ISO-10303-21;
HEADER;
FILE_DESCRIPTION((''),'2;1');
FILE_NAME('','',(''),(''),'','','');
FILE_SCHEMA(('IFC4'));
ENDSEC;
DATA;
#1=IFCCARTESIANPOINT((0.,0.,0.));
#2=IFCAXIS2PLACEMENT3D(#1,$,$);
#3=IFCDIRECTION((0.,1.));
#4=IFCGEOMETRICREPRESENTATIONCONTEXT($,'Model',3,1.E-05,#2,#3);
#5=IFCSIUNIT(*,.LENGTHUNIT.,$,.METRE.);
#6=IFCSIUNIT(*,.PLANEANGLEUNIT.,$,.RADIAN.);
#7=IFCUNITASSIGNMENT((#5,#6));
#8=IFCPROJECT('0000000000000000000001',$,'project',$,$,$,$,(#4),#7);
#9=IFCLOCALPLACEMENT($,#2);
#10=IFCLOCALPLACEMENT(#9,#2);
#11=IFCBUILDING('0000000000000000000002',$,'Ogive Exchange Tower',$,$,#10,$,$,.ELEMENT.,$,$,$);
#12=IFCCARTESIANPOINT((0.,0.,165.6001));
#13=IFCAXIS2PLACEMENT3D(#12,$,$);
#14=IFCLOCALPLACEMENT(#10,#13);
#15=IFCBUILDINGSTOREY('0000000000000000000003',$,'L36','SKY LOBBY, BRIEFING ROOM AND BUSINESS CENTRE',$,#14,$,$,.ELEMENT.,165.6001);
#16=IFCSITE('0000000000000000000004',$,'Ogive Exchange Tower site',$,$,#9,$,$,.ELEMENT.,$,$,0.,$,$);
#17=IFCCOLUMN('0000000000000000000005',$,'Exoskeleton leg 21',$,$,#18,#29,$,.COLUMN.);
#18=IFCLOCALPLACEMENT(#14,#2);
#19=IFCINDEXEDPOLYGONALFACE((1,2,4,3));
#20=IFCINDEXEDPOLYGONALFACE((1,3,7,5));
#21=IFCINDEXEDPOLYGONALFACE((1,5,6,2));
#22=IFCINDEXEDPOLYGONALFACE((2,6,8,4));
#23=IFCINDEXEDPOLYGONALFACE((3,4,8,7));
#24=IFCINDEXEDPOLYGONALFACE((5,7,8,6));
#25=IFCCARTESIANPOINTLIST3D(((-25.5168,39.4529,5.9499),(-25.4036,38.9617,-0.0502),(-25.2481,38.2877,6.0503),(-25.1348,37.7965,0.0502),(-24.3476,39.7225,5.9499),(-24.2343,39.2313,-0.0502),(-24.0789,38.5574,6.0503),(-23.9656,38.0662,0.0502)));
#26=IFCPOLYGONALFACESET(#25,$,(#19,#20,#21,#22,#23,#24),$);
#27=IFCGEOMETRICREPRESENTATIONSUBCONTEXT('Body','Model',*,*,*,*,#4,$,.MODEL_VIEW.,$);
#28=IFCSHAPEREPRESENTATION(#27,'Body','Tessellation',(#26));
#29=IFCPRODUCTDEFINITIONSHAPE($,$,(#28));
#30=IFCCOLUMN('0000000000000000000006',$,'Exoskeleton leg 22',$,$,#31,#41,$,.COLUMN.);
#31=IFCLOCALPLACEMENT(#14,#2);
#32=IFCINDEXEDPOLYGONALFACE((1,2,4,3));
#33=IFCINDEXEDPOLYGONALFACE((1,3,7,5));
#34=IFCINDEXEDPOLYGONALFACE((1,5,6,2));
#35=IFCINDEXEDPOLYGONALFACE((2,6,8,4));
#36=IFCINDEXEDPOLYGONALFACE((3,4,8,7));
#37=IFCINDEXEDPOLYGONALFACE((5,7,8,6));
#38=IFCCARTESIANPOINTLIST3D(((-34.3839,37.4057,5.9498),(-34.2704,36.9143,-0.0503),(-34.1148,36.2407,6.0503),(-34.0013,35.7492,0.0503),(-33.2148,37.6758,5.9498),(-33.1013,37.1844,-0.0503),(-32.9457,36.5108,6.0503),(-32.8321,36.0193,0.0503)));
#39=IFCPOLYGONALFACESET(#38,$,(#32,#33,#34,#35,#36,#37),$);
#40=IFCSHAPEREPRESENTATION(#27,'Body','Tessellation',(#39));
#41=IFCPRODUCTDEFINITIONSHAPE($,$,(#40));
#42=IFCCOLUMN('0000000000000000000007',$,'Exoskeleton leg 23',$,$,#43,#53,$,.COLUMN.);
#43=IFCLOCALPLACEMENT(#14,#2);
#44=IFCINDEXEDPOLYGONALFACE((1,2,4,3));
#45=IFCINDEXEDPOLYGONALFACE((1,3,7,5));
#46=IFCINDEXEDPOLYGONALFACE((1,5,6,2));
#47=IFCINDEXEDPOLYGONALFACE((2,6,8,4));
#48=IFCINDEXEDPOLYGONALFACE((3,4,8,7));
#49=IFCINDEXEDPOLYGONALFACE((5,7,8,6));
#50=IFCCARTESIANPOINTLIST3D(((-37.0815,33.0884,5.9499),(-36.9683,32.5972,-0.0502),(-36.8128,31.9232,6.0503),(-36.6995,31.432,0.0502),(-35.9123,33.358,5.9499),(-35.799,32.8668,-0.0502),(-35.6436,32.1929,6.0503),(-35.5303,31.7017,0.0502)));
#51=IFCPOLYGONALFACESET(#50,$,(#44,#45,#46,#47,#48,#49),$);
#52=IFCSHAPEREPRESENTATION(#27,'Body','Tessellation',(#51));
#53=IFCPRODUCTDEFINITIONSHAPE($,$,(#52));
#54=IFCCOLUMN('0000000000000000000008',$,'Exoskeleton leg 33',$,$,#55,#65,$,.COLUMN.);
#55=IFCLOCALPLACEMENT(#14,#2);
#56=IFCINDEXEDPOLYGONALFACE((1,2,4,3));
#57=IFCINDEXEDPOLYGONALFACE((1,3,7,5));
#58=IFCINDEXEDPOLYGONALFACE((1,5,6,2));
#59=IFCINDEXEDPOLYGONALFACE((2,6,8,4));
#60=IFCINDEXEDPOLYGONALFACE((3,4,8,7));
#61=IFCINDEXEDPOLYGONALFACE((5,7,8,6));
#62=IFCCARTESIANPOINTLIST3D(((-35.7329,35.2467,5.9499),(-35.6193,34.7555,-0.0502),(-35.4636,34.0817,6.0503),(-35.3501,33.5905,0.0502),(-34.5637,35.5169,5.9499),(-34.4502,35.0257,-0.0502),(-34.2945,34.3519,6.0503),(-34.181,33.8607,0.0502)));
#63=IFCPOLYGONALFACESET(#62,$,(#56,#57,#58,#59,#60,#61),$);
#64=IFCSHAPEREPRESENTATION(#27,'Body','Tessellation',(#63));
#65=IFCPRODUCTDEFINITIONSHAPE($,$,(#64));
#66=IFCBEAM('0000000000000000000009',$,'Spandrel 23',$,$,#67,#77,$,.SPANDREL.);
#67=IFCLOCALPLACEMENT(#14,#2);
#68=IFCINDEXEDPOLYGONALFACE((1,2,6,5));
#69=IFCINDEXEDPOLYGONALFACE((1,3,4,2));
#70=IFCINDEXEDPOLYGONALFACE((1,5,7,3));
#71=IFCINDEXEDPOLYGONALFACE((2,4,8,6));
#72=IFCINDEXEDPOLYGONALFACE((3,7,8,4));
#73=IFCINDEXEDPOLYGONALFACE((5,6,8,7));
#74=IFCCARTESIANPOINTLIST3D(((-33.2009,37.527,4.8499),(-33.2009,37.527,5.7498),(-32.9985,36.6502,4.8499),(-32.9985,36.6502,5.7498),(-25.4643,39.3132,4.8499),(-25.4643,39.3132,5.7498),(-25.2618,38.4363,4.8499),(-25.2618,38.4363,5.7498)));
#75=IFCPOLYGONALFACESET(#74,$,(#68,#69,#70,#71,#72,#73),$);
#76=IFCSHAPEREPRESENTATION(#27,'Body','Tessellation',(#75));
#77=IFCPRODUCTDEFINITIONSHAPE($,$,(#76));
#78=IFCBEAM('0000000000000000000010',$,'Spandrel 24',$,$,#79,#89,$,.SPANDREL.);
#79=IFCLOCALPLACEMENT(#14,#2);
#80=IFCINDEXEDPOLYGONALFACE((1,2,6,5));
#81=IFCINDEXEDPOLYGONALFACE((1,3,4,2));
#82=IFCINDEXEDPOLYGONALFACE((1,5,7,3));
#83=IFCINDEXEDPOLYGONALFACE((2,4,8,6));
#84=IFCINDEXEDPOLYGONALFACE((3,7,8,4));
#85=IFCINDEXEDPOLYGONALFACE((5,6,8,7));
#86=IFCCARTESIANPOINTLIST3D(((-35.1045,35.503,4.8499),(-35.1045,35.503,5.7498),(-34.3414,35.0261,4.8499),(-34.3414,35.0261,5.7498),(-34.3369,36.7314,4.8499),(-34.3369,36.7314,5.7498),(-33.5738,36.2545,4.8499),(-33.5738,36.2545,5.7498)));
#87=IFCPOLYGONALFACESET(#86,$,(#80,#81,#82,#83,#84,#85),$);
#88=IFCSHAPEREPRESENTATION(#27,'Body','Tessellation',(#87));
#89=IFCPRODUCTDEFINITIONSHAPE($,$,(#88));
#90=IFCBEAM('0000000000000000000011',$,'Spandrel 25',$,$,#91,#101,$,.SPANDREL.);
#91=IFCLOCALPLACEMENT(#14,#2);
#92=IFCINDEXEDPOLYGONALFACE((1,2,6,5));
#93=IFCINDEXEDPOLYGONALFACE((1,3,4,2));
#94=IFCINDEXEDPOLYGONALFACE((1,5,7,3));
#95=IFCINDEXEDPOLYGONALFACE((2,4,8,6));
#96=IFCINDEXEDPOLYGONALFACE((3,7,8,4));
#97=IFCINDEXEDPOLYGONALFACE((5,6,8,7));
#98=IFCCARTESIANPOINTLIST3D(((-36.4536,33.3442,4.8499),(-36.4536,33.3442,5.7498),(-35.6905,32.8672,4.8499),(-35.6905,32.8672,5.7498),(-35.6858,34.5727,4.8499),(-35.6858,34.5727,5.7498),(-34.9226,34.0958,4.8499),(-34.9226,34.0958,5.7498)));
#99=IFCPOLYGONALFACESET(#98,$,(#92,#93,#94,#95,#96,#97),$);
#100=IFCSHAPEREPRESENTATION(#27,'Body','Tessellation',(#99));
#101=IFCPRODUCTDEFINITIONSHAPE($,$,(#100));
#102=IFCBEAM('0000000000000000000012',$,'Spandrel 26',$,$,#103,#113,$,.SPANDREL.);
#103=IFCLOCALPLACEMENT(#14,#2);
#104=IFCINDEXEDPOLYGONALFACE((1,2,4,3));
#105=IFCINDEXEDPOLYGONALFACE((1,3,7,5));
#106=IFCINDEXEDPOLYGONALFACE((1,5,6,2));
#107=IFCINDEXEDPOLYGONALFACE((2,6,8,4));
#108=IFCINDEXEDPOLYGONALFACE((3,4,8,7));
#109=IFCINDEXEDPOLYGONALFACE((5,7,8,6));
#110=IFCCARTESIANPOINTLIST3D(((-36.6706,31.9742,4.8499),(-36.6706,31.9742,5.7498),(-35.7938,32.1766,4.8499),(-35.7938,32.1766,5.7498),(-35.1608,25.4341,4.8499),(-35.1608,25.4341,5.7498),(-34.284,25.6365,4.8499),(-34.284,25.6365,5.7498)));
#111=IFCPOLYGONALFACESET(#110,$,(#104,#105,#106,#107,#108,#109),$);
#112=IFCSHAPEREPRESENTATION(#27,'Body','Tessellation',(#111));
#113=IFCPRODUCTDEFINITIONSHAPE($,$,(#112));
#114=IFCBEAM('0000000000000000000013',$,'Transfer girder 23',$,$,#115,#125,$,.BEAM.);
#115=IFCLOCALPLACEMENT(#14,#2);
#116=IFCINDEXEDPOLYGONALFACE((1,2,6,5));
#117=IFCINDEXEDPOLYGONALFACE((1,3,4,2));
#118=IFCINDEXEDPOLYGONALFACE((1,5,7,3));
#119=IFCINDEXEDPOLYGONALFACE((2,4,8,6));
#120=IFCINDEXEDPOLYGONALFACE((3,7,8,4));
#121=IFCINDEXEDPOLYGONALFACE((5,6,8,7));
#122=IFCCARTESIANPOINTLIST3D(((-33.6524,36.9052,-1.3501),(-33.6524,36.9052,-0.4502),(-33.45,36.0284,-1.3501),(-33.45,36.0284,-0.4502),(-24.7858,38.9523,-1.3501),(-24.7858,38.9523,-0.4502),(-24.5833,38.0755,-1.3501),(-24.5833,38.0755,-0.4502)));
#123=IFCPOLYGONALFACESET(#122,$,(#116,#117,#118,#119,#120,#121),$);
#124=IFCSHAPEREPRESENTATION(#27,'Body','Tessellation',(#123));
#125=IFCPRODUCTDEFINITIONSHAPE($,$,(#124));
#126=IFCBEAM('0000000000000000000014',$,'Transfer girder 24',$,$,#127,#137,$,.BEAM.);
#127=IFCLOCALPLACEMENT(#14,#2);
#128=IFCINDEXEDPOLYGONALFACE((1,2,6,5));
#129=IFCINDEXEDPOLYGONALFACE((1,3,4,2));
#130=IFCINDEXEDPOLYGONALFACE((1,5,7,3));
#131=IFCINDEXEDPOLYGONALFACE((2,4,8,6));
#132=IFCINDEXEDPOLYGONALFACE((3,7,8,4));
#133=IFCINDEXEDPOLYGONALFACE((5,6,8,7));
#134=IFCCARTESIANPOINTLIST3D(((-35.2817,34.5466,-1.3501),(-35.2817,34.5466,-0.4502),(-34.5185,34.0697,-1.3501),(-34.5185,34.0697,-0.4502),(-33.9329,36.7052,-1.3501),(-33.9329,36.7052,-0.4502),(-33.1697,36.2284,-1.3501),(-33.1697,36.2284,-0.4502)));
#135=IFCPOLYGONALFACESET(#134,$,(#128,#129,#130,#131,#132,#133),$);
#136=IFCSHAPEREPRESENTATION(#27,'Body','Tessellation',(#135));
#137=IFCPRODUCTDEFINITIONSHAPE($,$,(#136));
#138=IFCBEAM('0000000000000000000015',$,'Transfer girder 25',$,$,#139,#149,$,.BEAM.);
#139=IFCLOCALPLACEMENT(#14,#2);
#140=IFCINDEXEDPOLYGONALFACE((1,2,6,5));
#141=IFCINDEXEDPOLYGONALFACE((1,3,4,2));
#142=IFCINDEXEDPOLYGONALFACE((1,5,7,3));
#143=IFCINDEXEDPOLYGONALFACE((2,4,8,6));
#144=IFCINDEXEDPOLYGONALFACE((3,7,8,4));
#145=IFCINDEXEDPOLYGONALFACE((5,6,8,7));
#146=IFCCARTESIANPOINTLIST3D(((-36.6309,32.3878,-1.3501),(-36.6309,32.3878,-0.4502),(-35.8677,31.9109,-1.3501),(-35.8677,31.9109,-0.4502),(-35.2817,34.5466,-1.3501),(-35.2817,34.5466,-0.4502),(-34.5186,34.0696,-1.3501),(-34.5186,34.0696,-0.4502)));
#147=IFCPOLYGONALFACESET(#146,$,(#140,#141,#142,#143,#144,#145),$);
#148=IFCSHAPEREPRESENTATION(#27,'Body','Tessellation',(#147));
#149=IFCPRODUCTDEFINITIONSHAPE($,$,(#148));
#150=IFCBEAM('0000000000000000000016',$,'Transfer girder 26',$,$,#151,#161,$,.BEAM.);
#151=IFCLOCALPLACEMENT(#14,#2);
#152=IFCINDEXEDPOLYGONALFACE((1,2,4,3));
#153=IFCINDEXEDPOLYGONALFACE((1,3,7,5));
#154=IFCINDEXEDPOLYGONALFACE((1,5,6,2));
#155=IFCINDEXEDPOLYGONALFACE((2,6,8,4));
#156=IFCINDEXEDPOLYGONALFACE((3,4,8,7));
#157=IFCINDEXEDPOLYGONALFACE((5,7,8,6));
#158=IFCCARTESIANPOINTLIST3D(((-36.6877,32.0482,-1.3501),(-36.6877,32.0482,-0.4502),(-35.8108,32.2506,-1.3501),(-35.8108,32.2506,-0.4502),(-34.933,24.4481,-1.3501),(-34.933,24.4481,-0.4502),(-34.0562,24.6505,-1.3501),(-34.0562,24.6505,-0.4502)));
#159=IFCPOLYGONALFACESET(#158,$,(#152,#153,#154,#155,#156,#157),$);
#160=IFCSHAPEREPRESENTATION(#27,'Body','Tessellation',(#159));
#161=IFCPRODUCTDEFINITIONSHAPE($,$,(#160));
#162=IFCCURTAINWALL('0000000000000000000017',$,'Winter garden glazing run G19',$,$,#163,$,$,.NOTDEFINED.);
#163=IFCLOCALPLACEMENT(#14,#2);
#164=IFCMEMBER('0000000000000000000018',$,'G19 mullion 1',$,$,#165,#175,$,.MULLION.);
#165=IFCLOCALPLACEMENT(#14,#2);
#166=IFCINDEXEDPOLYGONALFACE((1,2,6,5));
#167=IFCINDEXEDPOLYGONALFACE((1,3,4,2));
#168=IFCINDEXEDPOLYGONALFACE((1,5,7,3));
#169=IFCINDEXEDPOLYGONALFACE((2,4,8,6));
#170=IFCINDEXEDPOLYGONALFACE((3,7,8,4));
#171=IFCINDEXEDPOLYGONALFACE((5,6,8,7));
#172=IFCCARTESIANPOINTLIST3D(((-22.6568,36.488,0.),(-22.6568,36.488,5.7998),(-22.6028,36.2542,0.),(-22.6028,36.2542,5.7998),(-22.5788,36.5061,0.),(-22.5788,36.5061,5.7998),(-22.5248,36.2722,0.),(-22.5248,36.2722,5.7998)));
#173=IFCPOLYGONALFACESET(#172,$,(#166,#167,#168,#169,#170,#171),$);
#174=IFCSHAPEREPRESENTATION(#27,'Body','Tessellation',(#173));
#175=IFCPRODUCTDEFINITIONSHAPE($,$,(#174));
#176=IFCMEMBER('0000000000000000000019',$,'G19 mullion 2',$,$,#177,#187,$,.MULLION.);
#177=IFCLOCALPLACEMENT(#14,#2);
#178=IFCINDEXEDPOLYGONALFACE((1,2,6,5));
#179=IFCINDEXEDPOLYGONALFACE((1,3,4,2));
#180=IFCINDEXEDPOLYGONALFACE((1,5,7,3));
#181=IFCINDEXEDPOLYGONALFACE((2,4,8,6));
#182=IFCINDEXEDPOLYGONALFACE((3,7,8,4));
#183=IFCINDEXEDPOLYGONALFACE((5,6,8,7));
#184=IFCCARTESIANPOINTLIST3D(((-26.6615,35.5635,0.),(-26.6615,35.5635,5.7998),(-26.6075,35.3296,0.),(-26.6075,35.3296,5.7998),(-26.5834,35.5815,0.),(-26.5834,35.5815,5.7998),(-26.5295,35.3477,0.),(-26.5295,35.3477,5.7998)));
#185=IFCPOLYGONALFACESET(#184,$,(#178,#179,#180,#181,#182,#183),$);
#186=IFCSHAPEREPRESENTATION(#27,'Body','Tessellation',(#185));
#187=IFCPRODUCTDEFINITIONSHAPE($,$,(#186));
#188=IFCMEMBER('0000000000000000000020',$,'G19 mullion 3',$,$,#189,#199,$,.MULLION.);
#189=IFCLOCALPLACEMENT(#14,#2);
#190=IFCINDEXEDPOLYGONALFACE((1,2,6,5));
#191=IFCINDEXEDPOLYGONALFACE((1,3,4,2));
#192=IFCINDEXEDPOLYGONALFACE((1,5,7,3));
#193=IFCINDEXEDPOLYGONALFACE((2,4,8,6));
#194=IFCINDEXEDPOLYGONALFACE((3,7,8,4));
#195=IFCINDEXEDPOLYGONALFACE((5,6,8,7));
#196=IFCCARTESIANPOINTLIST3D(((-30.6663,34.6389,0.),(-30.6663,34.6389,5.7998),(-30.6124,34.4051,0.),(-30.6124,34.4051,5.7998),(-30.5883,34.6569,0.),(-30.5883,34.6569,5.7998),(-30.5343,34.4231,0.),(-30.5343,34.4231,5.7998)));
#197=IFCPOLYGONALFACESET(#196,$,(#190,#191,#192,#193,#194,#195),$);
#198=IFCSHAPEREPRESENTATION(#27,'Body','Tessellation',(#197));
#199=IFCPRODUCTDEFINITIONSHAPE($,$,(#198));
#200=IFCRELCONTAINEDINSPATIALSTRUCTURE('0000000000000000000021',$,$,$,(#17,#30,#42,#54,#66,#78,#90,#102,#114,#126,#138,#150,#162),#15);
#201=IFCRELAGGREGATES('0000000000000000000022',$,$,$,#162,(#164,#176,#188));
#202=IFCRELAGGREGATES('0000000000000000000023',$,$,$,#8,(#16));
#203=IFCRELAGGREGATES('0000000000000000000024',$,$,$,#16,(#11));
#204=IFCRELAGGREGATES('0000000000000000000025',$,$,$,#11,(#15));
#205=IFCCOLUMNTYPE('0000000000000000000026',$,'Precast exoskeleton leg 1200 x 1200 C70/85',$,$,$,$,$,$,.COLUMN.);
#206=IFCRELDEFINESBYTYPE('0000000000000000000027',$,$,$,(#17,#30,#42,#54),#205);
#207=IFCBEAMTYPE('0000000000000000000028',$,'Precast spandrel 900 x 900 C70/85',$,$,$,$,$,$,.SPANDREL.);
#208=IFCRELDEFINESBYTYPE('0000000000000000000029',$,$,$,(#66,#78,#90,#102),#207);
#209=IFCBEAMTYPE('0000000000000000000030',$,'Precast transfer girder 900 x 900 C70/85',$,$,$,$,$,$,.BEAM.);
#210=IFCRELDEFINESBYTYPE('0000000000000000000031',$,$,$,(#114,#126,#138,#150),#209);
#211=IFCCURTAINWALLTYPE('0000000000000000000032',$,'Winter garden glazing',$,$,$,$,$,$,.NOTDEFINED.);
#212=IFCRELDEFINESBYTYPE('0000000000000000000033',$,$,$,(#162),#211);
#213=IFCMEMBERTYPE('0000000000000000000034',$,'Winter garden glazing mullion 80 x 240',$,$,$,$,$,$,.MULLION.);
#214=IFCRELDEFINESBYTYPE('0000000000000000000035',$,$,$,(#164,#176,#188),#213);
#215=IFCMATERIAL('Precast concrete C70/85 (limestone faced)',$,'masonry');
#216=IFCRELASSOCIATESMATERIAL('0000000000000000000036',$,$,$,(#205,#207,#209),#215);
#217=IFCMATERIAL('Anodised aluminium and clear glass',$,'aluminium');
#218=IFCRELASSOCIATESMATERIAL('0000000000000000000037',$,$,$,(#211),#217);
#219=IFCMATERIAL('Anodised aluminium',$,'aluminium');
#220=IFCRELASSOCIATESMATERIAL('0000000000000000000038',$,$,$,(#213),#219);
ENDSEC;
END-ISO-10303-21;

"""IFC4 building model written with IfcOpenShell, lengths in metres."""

from ifc_helpers import new_model, si_unit, direction, frame, origin, origin_2d, place, context, subcontext, project, spatial, rectangle, extrude, material, material_profile, profile_set, type_object, element, aggregate, save


model = new_model("IFC4")

# Units and contexts
model_context = context("Model", 3, precision=1e-05, world=origin(), true_north=direction((0.0, 1.0)))
body_context = subcontext(model_context, "Body", "Model", "MODEL_VIEW")
ifc_project = project(units=[si_unit("LENGTHUNIT", "METRE"), si_unit("PLANEANGLEUNIT", "RADIAN")], contexts=[model_context])

# Site, building, storey
site_placement = place(None, origin())
site = spatial("IfcSite", under=ifc_project, at=site_placement, Name="Ogive Exchange Tower site", CompositionType="ELEMENT", RefElevation=0.0)
building_placement = place(site_placement, origin())
building = spatial("IfcBuilding", under=site, at=building_placement, Name="Ogive Exchange Tower", CompositionType="ELEMENT")
storey_placement = place(building_placement, frame((0.0, 0.0, 165.6001)))
storey = spatial("IfcBuildingStorey", under=building, at=storey_placement, Name="L36", Description="SKY LOBBY, BRIEFING ROOM AND BUSINESS CENTRE", CompositionType="ELEMENT", Elevation=165.6001)

# Columns
ifc_material_1 = material(Name="Precast concrete C70/85 (limestone faced)", Category="masonry")
ifc_material_profile_1 = material_profile(ifc_material_1, rectangle(XDim=1.2, YDim=1.2, at=origin_2d()), Name="1200 x 1200")
ifc_profile_set_1 = profile_set([ifc_material_profile_1], Name="Precast concrete C70/85 (limestone faced)")
column_type = type_object("IfcColumnType", Name="Precast exoskeleton leg 1200 x 1200 C70/85", PredefinedType="COLUMN", material=ifc_profile_set_1)
for number, where, z_axis, x_axis, name in (
    (1, (-24.6846, 38.5139, 0.0), (-0.018814, 0.081581, 0.996489), (-0.974424, -0.224718, 0.0), "Exoskeleton leg 21"),
    (2, (-33.5513, 36.4668, 0.0), (-0.018854, 0.081621, 0.996485), (-0.974342, -0.225072, 0.0), "Exoskeleton leg 22"),
    (3, (-36.2493, 32.1494, 0.0), (-0.018814, 0.081581, 0.996489), (-0.974424, -0.224718, 0.0), "Exoskeleton leg 23"),
    (4, (-34.9001, 34.3081, 0.0), (-0.018854, 0.081581, 0.996488), (-0.974318, -0.225178, 0.0), "Exoskeleton leg 33"),
):
    element("IfcColumn", number, at=place(storey_placement, frame(where, z_axis=z_axis, x_axis=x_axis)), inside=storey, type_object=column_type, Name=name, PredefinedType="COLUMN", context=body_context, shape_type="SweptSolid", body=[
        extrude(rectangle(XDim=1.2, YDim=1.2, at=origin_2d()), origin(), (0.0, 0.0, 1.0), 6.0212),
    ])

# Beams
ifc_material_profile_2 = material_profile(ifc_material_1, rectangle(XDim=0.8999, YDim=0.8999, at=origin_2d()), Name="900 x 900")
ifc_profile_set_2 = profile_set([ifc_material_profile_2], Name="Precast concrete C70/85 (limestone faced)")
beam_type_1 = type_object("IfcBeamType", Name="Precast spandrel 900 x 900 C70/85", PredefinedType="SPANDREL", material=ifc_profile_set_2)
beam_1_placement = place(storey_placement, frame((-25.363, 38.8748, 5.2998), z_axis=(-0.97437, -0.224952, 0.0), x_axis=(0.224952, -0.97437, 0.0)))
element("IfcBeam", 5, at=beam_1_placement, inside=storey, type_object=beam_type_1, Name="Spandrel 23", PredefinedType="SPANDREL", context=body_context, shape_type="SweptSolid", body=[
    extrude(rectangle(XDim=0.8999, YDim=0.8999, at=origin_2d()), origin(), (0.0, 0.0, 1.0), 7.9402),
])
beam_2_placement = place(storey_placement, frame((-33.9553, 36.4929, 5.2998), z_axis=(-0.529953, -0.848027, 0.0), x_axis=(0.848027, -0.529953, 0.0)))
element("IfcBeam", 6, at=beam_2_placement, inside=storey, type_object=beam_type_1, Name="Spandrel 24", PredefinedType="SPANDREL", context=body_context, shape_type="SweptSolid", body=[
    extrude(rectangle(XDim=0.8999, YDim=0.8999, at=origin_2d()), origin(), (0.0, 0.0, 1.0), 1.4485),
])
beam_3_placement = place(storey_placement, frame((-35.3042, 34.3342, 5.2998), z_axis=(-0.529999, -0.847998, 0.0), x_axis=(0.847998, -0.529999, 0.0)))
element("IfcBeam", 7, at=beam_3_placement, inside=storey, type_object=beam_type_1, Name="Spandrel 25", PredefinedType="SPANDREL", context=body_context, shape_type="SweptSolid", body=[
    extrude(rectangle(XDim=0.8999, YDim=0.8999, at=origin_2d()), origin(), (0.0, 0.0, 1.0), 1.4487),
])
beam_4_placement = place(storey_placement, frame((-36.2322, 32.0754, 5.2998), z_axis=(0.224934, -0.974374, 0.0), x_axis=(0.974374, 0.224934, 0.0)))
element("IfcBeam", 8, at=beam_4_placement, inside=storey, type_object=beam_type_1, Name="Spandrel 26", PredefinedType="SPANDREL", context=body_context, shape_type="SweptSolid", body=[
    extrude(rectangle(XDim=0.8999, YDim=0.8999, at=origin_2d()), origin(), (0.0, 0.0, 1.0), 6.7122),
])
ifc_material_profile_3 = material_profile(ifc_material_1, rectangle(XDim=0.8999, YDim=0.8999, at=origin_2d()), Name="900 x 900")
ifc_profile_set_3 = profile_set([ifc_material_profile_3], Name="Precast concrete C70/85 (limestone faced)")
beam_type_2 = type_object("IfcBeamType", Name="Precast transfer girder 900 x 900 C70/85", PredefinedType="BEAM", material=ifc_profile_set_3)
beam_5_placement = place(storey_placement, frame((-24.6846, 38.5139, -0.9001), z_axis=(-0.974368, -0.224959, 0.0), x_axis=(0.224959, -0.974368, 0.0)))
element("IfcBeam", 9, at=beam_5_placement, inside=storey, type_object=beam_type_2, Name="Transfer girder 23", PredefinedType="BEAM", context=body_context, shape_type="SweptSolid", body=[
    extrude(rectangle(XDim=0.8999, YDim=0.8999, at=origin_2d()), origin(), (0.0, 0.0, 1.0), 9.0999),
])
beam_6_placement = place(storey_placement, frame((-33.5513, 36.4668, -0.9001), z_axis=(-0.529913, -0.848052, 0.0), x_axis=(0.848052, -0.529913, 0.0)))
element("IfcBeam", 10, at=beam_6_placement, inside=storey, type_object=beam_type_2, Name="Transfer girder 24", PredefinedType="BEAM", context=body_context, shape_type="SweptSolid", body=[
    extrude(rectangle(XDim=0.8999, YDim=0.8999, at=origin_2d()), origin(), (0.0, 0.0, 1.0), 2.5454),
])
beam_7_placement = place(storey_placement, frame((-34.9001, 34.3081, -0.9001), z_axis=(-0.529982, -0.848009, 0.0), x_axis=(0.848009, -0.529982, 0.0)))
element("IfcBeam", 11, at=beam_7_placement, inside=storey, type_object=beam_type_2, Name="Transfer girder 25", PredefinedType="BEAM", context=body_context, shape_type="SweptSolid", body=[
    extrude(rectangle(XDim=0.8999, YDim=0.8999, at=origin_2d()), origin(), (0.0, 0.0, 1.0), 2.5457),
])
beam_8_placement = place(storey_placement, frame((-36.2493, 32.1494, -0.9001), z_axis=(0.224953, -0.97437, 0.0), x_axis=(0.97437, 0.224953, 0.0)))
element("IfcBeam", 12, at=beam_8_placement, inside=storey, type_object=beam_type_2, Name="Transfer girder 26", PredefinedType="BEAM", context=body_context, shape_type="SweptSolid", body=[
    extrude(rectangle(XDim=0.8999, YDim=0.8999, at=origin_2d()), origin(), (0.0, 0.0, 1.0), 7.8),
])

# Curtain wall, members
ifc_material_2 = material(Name="Anodised aluminium and clear glass", Category="aluminium")
curtain_wall_type = type_object("IfcCurtainWallType", Name="Winter garden glazing", PredefinedType="NOTDEFINED", material=ifc_material_2)
curtain_wall_placement = place(storey_placement, origin())
curtain_wall = element("IfcCurtainWall", 13, at=curtain_wall_placement, inside=storey, type_object=curtain_wall_type, Name="Winter garden glazing run G19", PredefinedType="NOTDEFINED")
ifc_material_3 = material(Name="Anodised aluminium", Category="aluminium")
ifc_material_profile_4 = material_profile(ifc_material_3, rectangle(XDim=0.24, YDim=0.0801, at=origin_2d()), Name="AL 80x240")
ifc_profile_set_4 = profile_set([ifc_material_profile_4], Name="Anodised aluminium")
member_type_1 = type_object("IfcMemberType", Name="Winter garden glazing mullion 80 x 240", PredefinedType="MULLION", material=ifc_profile_set_4)
member_1_placement = place(storey_placement, frame((-22.5908, 36.3801, 0.0), z_axis=(0.0, 0.0, 1.0), x_axis=(0.224951, -0.97437, 0.0)))
member_1 = element("IfcMember", 14, at=member_1_placement, type_object=member_type_1, Name="G19 mullion 1", PredefinedType="MULLION", context=body_context, shape_type="SweptSolid", body=[
    extrude(rectangle(XDim=0.24, YDim=0.0801, at=origin_2d()), origin(), (0.0, 0.0, 1.0), 5.7998),
])
member_2_placement = place(storey_placement, frame((-26.5955, 35.4556, 0.0), z_axis=(0.0, 0.0, 1.0), x_axis=(0.224951, -0.97437, 0.0)))
member_2 = element("IfcMember", 15, at=member_2_placement, type_object=member_type_1, Name="G19 mullion 2", PredefinedType="MULLION", context=body_context, shape_type="SweptSolid", body=[
    extrude(rectangle(XDim=0.24, YDim=0.0801, at=origin_2d()), origin(), (0.0, 0.0, 1.0), 5.7998),
])
member_3_placement = place(storey_placement, frame((-30.6003, 34.531, 0.0), z_axis=(0.0, 0.0, 1.0), x_axis=(0.224951, -0.97437, 0.0)))
member_3 = element("IfcMember", 16, at=member_3_placement, type_object=member_type_1, Name="G19 mullion 3", PredefinedType="MULLION", context=body_context, shape_type="SweptSolid", body=[
    extrude(rectangle(XDim=0.24, YDim=0.0801, at=origin_2d()), origin(), (0.0, 0.0, 1.0), 5.7998),
])
aggregate(curtain_wall, [member_1, member_2, member_3])

save(model, "model.ifc")
